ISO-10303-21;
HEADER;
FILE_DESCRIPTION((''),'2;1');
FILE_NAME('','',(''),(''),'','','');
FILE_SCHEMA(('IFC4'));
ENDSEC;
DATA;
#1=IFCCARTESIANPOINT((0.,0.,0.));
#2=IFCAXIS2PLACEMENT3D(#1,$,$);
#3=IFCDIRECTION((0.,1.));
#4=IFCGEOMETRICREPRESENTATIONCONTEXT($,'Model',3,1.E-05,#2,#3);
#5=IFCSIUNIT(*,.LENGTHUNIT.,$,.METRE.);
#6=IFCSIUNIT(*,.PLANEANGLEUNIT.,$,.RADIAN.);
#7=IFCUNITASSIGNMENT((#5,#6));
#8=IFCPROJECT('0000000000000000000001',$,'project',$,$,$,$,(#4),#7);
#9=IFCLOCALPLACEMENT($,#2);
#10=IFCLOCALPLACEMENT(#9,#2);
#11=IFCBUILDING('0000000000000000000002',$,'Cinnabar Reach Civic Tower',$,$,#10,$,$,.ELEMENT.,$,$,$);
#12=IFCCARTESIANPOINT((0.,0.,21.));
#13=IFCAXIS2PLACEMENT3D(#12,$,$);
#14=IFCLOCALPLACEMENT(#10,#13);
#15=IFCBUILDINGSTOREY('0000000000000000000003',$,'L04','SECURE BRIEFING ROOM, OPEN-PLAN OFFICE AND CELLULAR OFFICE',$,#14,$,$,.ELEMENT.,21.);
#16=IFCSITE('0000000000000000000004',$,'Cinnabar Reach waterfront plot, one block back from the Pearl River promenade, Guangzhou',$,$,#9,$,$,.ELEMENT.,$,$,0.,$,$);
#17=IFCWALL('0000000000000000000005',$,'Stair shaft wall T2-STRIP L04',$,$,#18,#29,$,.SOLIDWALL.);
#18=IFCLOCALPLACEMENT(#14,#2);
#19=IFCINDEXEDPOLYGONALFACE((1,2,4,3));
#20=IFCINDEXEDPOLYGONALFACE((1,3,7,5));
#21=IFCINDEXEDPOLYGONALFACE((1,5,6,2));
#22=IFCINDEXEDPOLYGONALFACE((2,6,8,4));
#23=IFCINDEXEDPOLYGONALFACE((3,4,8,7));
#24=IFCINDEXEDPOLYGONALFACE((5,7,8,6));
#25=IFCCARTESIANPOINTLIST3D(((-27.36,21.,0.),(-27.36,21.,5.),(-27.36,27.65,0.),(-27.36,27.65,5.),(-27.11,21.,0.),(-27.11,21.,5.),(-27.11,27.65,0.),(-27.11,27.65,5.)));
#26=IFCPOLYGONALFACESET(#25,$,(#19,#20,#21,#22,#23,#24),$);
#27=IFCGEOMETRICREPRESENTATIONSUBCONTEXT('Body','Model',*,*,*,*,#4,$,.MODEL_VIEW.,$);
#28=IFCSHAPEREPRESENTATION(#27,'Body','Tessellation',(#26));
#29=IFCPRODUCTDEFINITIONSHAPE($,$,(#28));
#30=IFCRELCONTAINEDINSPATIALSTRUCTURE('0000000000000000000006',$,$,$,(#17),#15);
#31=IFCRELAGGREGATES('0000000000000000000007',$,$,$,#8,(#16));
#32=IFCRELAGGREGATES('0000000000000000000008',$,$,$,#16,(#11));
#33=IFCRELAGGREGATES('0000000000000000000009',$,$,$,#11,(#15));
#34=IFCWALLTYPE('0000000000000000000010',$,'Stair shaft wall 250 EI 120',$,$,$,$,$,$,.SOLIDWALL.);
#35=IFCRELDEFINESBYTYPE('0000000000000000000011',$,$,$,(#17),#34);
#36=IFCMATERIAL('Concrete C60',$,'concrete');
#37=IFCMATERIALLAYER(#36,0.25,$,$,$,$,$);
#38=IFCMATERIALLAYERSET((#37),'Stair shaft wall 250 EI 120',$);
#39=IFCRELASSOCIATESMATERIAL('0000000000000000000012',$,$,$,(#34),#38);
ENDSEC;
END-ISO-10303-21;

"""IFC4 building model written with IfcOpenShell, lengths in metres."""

from ifc_helpers import new_model, si_unit, direction, frame, frame_2d, origin, place, context, subcontext, project, spatial, rectangle, extrude, material, layer, layer_set, type_object, element, save


model = new_model("IFC4")

# Units and contexts
model_context = context("Model", 3, precision=1e-05, world=origin(), true_north=direction((0.0, 1.0)))
body_context = subcontext(model_context, "Body", "Model", "MODEL_VIEW")
ifc_project = project(units=[si_unit("LENGTHUNIT", "METRE"), si_unit("PLANEANGLEUNIT", "RADIAN")], contexts=[model_context])

# Site, building, storey
site_placement = place(None, origin())
site = spatial("IfcSite", under=ifc_project, at=site_placement, Name="Cinnabar Reach waterfront plot, one block back from the Pearl River promenade, Guangzhou", CompositionType="ELEMENT", RefElevation=0.0)
building_placement = place(site_placement, origin())
building = spatial("IfcBuilding", under=site, at=building_placement, Name="Cinnabar Reach Civic Tower", CompositionType="ELEMENT")
storey_placement = place(building_placement, frame((0.0, 0.0, 21.0)))
storey = spatial("IfcBuildingStorey", under=building, at=storey_placement, Name="L04", Description="SECURE BRIEFING ROOM, OPEN-PLAN OFFICE AND CELLULAR OFFICE", CompositionType="ELEMENT", Elevation=21.0)

# Wall
ifc_material_1 = material(Name="Concrete C60", Category="concrete")
ifc_layer_1 = layer(ifc_material_1, 0.25)
ifc_layer_set_1 = layer_set([ifc_layer_1], Name="Stair shaft wall 250 EI 120")
wall_type_1 = type_object("IfcWallType", Name="Stair shaft wall 250 EI 120", PredefinedType="SOLIDWALL", material=ifc_layer_set_1)
wall_1_placement = place(storey_placement, frame((-27.235, 21.0, 0.0), z_axis=(0.0, 0.0, 1.0), x_axis=(0.0, 1.0, 0.0)))
element("IfcWall", 1, at=wall_1_placement, inside=storey, type_object=wall_type_1, Name="Stair shaft wall T2-STRIP L04", PredefinedType="SOLIDWALL", context=body_context, shape_type="SweptSolid", body=[
    extrude(rectangle(XDim=6.65, YDim=0.25, at=frame_2d((3.325, 0.0))), origin(), (0.0, 0.0, 1.0), 5.0),
])

save(model, "model.ifc")
